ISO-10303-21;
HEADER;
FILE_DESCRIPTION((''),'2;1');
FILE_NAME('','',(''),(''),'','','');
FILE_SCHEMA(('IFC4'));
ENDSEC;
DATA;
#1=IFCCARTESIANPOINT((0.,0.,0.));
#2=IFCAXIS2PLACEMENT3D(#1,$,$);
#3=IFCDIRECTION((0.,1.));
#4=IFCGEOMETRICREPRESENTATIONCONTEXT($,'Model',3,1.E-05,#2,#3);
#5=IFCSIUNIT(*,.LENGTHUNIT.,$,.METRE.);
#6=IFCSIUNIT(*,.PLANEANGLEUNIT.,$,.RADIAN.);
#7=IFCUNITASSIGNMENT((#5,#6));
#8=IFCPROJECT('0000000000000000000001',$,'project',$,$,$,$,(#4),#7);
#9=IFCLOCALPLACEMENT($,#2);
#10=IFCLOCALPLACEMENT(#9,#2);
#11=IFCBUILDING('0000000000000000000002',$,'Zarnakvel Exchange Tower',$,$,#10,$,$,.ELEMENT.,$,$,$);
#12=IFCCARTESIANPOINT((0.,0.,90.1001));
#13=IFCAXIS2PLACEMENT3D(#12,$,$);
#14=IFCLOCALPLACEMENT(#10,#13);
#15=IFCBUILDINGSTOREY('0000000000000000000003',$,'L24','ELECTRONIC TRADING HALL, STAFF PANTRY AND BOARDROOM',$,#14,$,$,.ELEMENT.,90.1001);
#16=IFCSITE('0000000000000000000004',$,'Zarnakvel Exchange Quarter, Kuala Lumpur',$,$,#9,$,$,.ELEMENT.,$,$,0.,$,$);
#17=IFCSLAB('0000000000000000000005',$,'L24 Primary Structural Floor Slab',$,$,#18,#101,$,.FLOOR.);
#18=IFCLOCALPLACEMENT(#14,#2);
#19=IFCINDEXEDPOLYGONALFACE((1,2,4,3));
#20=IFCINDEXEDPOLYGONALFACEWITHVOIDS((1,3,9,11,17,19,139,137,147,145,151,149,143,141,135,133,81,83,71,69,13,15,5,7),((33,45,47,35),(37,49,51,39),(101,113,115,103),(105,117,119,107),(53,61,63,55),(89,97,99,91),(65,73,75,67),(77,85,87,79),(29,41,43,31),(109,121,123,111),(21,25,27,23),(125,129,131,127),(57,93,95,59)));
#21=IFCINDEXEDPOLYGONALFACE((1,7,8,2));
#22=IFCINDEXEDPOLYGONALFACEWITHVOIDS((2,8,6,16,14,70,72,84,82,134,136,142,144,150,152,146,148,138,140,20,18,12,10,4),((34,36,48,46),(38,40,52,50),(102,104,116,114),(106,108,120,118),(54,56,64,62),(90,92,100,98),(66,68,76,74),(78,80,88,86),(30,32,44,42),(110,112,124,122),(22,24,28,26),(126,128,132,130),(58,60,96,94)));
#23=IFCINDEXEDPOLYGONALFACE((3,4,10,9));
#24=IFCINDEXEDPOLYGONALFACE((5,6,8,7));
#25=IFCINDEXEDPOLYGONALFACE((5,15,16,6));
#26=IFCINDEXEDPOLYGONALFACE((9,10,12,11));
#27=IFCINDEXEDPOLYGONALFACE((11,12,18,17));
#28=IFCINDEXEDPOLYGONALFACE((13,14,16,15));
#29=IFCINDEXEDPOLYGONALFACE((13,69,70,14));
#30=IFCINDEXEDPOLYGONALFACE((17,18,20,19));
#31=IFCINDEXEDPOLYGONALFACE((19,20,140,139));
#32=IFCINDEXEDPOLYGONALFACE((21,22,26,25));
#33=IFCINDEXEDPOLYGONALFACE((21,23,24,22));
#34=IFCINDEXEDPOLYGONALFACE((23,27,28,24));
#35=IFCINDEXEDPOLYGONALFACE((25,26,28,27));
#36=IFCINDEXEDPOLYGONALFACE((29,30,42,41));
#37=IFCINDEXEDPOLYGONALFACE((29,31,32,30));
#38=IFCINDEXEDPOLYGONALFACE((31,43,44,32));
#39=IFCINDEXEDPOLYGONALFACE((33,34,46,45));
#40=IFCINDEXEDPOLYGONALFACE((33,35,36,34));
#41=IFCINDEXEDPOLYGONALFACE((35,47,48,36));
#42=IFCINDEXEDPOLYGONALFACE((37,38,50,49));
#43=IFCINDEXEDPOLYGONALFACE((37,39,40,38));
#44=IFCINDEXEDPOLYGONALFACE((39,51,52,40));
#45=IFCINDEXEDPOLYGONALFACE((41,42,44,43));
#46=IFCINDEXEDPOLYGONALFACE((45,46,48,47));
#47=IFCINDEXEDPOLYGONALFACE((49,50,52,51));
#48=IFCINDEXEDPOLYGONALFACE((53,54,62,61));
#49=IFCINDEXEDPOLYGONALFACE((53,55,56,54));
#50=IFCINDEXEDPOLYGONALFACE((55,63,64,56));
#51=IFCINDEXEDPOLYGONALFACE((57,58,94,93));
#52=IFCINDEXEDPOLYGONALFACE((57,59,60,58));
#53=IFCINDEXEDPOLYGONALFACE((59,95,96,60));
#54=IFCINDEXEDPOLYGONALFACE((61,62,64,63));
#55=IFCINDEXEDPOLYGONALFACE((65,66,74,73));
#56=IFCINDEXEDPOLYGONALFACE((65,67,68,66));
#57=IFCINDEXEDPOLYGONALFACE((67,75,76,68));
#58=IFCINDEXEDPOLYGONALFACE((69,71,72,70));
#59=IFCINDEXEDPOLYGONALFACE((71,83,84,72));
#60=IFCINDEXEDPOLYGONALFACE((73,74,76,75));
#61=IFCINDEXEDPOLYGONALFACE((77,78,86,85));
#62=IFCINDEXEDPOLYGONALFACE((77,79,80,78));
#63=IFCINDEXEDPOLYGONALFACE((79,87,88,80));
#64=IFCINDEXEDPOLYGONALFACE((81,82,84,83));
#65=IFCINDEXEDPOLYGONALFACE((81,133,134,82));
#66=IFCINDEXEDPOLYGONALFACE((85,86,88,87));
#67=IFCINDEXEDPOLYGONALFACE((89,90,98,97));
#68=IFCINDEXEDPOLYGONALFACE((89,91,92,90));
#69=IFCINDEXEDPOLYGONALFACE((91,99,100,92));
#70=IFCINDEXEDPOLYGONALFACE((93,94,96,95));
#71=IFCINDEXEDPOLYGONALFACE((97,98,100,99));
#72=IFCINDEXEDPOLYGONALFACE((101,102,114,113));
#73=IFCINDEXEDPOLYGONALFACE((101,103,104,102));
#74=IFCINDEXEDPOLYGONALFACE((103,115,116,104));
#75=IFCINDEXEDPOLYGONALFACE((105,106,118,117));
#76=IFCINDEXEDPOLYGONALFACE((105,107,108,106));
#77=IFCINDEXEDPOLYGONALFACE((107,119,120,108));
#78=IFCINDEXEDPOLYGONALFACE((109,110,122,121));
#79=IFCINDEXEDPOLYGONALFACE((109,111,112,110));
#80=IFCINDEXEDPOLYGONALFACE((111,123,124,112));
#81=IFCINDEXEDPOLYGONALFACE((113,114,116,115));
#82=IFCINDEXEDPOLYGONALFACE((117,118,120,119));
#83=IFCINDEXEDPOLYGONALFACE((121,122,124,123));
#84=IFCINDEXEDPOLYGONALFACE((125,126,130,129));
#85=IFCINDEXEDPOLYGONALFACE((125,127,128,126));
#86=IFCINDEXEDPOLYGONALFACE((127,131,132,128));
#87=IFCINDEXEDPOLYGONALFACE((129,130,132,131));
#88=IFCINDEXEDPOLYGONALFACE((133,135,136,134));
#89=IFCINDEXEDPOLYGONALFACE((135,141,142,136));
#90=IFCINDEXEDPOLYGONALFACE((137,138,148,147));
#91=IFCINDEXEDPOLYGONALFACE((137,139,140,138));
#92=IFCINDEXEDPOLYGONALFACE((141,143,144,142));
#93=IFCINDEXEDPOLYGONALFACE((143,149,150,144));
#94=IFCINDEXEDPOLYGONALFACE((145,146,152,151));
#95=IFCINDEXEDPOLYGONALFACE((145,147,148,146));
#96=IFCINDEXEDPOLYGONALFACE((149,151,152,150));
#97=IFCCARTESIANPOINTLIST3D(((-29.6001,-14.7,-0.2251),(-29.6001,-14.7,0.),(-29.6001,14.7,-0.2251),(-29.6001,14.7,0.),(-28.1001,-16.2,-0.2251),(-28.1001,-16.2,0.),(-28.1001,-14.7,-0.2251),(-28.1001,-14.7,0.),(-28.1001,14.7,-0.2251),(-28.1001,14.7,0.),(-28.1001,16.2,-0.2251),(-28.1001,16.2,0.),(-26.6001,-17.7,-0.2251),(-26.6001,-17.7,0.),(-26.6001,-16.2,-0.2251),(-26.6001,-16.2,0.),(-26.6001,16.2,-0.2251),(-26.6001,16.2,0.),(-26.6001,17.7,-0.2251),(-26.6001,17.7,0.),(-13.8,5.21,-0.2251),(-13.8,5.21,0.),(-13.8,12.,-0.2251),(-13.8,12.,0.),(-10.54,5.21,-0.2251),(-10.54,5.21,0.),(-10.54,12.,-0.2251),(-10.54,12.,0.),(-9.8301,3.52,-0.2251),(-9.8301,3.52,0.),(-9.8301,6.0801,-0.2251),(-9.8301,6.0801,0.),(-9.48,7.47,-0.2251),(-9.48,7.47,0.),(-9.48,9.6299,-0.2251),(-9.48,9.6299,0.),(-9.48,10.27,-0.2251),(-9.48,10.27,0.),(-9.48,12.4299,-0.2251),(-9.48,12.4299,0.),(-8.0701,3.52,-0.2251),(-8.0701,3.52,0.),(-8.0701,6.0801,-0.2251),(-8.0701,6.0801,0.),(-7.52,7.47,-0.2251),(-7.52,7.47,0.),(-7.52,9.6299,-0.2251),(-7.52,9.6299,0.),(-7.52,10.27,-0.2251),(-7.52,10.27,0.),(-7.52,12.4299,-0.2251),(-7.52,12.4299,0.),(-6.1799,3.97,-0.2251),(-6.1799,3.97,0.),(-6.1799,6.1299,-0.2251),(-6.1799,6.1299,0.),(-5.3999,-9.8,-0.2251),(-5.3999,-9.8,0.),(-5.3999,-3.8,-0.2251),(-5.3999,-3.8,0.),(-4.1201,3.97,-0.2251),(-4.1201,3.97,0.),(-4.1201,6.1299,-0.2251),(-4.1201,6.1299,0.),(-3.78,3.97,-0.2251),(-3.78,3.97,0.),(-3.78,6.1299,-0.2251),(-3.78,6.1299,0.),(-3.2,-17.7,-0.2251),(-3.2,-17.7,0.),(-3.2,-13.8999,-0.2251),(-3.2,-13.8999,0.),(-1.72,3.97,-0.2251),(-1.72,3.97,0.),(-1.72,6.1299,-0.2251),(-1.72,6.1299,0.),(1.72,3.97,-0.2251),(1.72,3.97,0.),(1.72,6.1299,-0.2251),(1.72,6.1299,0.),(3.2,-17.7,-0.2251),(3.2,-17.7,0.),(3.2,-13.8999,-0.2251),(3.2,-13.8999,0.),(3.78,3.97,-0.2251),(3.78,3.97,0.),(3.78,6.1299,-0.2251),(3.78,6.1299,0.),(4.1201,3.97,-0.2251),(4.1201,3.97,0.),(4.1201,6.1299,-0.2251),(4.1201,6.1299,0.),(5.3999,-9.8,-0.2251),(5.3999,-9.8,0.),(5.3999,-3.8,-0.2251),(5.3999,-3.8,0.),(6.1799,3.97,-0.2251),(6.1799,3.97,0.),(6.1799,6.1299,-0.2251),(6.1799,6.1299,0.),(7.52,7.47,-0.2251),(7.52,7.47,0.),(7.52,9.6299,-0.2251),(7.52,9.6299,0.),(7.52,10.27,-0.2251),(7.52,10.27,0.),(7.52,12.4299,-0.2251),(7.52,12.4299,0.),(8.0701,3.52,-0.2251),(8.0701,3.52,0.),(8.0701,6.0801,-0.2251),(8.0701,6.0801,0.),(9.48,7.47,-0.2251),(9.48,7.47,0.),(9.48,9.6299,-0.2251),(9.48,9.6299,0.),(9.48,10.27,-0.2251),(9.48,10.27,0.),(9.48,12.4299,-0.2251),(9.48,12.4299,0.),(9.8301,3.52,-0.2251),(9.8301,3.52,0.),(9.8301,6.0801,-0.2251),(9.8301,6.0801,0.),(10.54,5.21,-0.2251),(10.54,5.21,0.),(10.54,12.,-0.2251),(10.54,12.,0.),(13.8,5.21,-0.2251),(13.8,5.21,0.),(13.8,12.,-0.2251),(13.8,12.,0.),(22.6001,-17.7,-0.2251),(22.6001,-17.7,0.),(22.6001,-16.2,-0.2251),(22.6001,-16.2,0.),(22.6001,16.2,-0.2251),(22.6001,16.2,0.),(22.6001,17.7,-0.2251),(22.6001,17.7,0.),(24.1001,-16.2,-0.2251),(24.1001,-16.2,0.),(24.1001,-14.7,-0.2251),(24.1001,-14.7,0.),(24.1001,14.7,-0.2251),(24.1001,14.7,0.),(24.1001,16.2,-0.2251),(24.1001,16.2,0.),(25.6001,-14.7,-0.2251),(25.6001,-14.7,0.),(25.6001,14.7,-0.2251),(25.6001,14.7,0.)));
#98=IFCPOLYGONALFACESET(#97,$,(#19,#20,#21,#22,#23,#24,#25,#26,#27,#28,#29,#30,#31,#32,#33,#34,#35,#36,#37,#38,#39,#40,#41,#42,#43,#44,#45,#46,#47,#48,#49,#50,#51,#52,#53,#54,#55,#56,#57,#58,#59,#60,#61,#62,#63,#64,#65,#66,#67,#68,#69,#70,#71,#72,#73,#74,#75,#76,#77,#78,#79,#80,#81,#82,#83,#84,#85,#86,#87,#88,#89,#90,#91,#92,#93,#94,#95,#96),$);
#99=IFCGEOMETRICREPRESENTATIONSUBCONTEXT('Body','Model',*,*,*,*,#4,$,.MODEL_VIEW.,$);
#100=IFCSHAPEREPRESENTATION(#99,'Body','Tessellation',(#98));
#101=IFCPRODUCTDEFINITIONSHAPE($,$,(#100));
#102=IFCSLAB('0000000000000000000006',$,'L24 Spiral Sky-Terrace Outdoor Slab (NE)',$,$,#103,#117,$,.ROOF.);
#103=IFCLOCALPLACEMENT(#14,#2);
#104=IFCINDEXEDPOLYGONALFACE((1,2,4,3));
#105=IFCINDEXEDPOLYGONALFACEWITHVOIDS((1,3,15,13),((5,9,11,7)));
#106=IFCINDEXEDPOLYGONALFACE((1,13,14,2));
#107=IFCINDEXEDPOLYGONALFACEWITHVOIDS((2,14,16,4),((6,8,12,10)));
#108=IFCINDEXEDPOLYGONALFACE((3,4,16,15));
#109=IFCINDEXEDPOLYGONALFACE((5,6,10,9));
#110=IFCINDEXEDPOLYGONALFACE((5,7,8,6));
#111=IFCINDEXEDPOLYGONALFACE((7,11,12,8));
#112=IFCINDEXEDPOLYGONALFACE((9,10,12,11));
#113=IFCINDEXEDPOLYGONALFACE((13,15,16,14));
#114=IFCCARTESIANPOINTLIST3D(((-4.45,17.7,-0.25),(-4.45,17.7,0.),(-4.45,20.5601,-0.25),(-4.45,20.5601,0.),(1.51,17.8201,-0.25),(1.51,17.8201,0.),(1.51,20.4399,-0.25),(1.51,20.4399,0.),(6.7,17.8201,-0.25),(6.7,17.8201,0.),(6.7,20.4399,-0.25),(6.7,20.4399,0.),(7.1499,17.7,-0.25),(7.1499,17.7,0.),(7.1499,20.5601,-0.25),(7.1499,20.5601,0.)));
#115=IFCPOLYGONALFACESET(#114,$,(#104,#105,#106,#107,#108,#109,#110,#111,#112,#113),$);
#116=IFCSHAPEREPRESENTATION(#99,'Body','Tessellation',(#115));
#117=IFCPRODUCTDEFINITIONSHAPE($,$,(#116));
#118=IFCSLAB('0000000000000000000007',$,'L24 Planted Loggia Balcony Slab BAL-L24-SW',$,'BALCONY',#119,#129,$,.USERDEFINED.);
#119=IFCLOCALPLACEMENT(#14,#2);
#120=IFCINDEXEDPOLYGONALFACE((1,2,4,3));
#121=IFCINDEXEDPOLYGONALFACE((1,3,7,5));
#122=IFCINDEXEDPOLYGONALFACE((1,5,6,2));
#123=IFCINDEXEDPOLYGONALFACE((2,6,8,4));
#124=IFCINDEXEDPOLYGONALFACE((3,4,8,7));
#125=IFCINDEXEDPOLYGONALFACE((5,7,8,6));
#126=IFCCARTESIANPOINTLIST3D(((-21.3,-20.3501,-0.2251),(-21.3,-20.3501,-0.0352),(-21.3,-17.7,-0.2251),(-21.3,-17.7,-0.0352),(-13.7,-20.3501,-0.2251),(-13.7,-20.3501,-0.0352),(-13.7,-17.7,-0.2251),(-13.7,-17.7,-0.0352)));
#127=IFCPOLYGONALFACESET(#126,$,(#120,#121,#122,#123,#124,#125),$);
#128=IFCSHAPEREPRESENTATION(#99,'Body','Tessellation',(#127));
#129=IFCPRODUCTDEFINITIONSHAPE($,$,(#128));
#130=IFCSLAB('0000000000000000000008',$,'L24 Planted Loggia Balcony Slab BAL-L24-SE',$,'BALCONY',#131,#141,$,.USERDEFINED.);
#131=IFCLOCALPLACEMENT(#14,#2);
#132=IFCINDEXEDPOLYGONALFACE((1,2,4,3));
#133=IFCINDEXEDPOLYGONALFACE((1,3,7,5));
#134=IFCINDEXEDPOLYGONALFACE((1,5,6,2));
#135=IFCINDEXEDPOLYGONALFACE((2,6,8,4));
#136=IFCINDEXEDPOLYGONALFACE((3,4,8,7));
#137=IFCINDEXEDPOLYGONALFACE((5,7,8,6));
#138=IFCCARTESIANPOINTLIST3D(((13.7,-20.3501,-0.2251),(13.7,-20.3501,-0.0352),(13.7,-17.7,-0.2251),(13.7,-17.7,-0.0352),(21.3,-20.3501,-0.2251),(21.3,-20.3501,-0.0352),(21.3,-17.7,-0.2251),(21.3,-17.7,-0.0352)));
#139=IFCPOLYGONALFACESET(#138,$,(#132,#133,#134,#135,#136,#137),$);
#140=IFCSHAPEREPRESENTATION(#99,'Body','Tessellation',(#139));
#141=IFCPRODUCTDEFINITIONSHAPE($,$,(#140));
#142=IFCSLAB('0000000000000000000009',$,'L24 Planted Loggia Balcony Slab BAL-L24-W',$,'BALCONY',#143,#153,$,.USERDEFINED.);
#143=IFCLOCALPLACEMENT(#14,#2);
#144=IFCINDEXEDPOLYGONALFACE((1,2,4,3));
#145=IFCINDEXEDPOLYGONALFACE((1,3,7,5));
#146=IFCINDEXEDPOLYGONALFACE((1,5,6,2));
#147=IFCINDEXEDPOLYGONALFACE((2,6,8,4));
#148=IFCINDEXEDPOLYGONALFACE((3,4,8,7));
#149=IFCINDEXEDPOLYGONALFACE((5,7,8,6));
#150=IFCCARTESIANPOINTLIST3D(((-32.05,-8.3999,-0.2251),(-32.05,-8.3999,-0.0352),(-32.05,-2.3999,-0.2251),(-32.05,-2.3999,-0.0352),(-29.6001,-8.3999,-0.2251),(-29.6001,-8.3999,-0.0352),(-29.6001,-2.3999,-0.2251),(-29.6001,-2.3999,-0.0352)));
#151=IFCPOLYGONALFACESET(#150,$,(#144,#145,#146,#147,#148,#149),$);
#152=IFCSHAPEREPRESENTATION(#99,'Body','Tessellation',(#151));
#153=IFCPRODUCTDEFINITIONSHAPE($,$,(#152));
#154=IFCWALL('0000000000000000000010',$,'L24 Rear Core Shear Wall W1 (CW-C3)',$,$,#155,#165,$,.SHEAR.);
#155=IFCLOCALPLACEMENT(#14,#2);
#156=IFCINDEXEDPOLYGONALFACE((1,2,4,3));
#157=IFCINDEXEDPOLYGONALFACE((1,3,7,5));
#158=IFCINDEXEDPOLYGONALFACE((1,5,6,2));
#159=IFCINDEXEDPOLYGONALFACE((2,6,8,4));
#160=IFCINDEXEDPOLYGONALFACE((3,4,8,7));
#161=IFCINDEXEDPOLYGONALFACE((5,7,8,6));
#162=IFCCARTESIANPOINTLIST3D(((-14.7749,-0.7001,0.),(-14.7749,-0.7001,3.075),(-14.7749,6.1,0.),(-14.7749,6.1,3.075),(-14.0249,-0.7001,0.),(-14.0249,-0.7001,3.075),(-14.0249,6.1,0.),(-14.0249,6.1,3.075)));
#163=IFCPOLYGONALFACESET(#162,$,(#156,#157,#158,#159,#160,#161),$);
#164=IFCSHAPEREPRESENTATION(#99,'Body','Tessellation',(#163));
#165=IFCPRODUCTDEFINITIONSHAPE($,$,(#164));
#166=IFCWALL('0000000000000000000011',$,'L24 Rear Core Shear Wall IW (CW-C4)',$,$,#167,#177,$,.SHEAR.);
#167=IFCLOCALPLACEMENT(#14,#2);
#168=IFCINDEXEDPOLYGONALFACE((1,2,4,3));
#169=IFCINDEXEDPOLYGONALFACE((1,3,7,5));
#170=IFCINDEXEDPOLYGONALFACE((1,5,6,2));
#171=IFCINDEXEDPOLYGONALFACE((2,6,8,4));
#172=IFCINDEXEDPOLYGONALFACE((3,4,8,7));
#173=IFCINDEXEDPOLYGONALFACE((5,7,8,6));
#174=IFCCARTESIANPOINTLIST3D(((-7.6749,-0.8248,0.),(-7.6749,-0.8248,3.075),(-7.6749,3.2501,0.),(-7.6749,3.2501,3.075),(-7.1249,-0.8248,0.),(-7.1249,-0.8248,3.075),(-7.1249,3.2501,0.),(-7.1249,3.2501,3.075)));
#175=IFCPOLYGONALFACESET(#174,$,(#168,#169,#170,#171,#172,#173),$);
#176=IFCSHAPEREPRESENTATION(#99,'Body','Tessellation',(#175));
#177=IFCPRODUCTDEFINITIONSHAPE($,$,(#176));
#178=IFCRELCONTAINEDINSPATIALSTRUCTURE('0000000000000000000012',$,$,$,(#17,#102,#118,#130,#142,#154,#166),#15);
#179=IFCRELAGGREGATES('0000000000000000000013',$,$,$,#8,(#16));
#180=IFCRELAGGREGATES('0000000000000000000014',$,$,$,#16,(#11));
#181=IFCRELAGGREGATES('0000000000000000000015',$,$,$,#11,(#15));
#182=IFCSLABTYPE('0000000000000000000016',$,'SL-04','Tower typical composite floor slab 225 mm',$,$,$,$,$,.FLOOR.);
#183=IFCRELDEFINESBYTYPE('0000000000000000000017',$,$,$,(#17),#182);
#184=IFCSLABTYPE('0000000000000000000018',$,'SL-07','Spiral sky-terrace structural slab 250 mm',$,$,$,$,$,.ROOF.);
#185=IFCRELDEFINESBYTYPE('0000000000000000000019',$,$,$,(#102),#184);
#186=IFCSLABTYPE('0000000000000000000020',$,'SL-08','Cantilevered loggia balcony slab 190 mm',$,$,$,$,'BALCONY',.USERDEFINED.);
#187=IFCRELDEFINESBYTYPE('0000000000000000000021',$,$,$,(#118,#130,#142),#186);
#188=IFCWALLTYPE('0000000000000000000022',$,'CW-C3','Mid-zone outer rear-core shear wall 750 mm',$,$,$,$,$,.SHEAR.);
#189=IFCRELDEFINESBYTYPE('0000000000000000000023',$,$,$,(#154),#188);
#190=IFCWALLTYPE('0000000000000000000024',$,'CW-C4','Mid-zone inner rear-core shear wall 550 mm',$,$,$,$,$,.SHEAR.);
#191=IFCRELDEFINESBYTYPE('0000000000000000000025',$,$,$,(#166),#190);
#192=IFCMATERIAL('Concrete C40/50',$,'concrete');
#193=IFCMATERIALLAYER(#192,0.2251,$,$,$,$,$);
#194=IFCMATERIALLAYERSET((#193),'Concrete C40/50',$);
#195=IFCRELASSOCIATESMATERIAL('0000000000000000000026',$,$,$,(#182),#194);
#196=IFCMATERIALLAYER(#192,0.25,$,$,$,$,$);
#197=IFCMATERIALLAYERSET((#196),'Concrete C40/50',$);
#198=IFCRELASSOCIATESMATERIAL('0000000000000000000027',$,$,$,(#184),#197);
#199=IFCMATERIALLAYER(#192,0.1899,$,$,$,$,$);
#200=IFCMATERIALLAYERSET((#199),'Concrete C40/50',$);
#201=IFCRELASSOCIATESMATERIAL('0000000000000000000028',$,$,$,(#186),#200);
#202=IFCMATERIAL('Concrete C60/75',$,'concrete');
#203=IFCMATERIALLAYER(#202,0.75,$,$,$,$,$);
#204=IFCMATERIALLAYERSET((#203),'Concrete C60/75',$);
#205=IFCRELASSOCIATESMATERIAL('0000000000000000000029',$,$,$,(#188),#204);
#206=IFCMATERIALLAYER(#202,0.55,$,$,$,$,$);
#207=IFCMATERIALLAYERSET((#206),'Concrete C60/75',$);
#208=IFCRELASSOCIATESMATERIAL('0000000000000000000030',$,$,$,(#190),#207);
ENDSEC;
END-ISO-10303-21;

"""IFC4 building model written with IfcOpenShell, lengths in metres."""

from ifc_helpers import new_model, si_unit, direction, frame, frame_2d, origin, place, context, subcontext, project, spatial, polyline, rectangle, outline, extrude, material, layer, layer_set, type_object, element, save


model = new_model("IFC4")

# Units and contexts
model_context = context("Model", 3, precision=1e-05, world=origin(), true_north=direction((0.0, 1.0)))
body_context = subcontext(model_context, "Body", "Model", "MODEL_VIEW")
ifc_project = project(units=[si_unit("LENGTHUNIT", "METRE"), si_unit("PLANEANGLEUNIT", "RADIAN")], contexts=[model_context])

# Site, building, storey
site_placement = place(None, origin())
site = spatial("IfcSite", under=ifc_project, at=site_placement, Name="Zarnakvel Exchange Quarter, Kuala Lumpur", CompositionType="ELEMENT", RefElevation=0.0)
building_placement = place(site_placement, origin())
building = spatial("IfcBuilding", under=site, at=building_placement, Name="Zarnakvel Exchange Tower", CompositionType="ELEMENT")
storey_placement = place(building_placement, frame((0.0, 0.0, 90.1001)))
storey = spatial("IfcBuildingStorey", under=building, at=storey_placement, Name="L24", Description="ELECTRONIC TRADING HALL, STAFF PANTRY AND BOARDROOM", CompositionType="ELEMENT", Elevation=90.1001)

# Shared definitions
ifc_material_1 = material(Name="Concrete C60/75", Category="concrete")

# Slabs
ifc_material_2 = material(Name="Concrete C40/50", Category="concrete")
ifc_layer_1 = layer(ifc_material_2, 0.2251)
ifc_layer_set_1 = layer_set([ifc_layer_1], Name="Concrete C40/50")
slab_type_1 = type_object("IfcSlabType", Name="SL-04", Description="Tower typical composite floor slab 225 mm", PredefinedType="FLOOR", material=ifc_layer_set_1)
slab_1_placement = place(storey_placement, frame((0.0, 0.0, -0.2251)))
element("IfcSlab", 1, at=slab_1_placement, inside=storey, type_object=slab_type_1, Name="L24 Primary Structural Floor Slab", PredefinedType="FLOOR", context=body_context, shape_type="SweptSolid", body=[
    extrude(outline(polyline([(-29.6001, -14.7), (-28.1001, -14.7), (-28.1001, -16.2), (-26.6001, -16.2), (-26.6001, -17.7), (-3.2, -17.7), (-3.2, -13.8999), (3.2, -13.8999), (3.2, -17.7), (22.6001, -17.7), (22.6001, -16.2), (24.1001, -16.2), (24.1001, -14.7), (25.6001, -14.7), (25.6001, 14.7), (24.1001, 14.7), (24.1001, 16.2), (22.6001, 16.2), (22.6001, 17.7), (-26.6001, 17.7), (-26.6001, 16.2), (-28.1001, 16.2), (-28.1001, 14.7), (-29.6001, 14.7), (-29.6001, -14.7)]), holes=[polyline([(-5.3999, -9.8), (5.3999, -9.8), (5.3999, -3.8), (-5.3999, -3.8), (-5.3999, -9.8)]), polyline([(-13.8, 5.21), (-10.54, 5.21), (-10.54, 12.0), (-13.8, 12.0), (-13.8, 5.21)]), polyline([(10.54, 5.21), (13.8, 5.21), (13.8, 12.0), (10.54, 12.0), (10.54, 5.21)]), polyline([(-9.8301, 3.52), (-8.0701, 3.52), (-8.0701, 6.0801), (-9.8301, 6.0801), (-9.8301, 3.52)]), polyline([(8.0701, 3.52), (9.8301, 3.52), (9.8301, 6.0801), (8.0701, 6.0801), (8.0701, 3.52)]), polyline([(-6.1799, 3.97), (-4.1201, 3.97), (-4.1201, 6.1299), (-6.1799, 6.1299), (-6.1799, 3.97)]), polyline([(-3.78, 3.97), (-1.72, 3.97), (-1.72, 6.1299), (-3.78, 6.1299), (-3.78, 3.97)]), polyline([(1.72, 3.97), (3.78, 3.97), (3.78, 6.1299), (1.72, 6.1299), (1.72, 3.97)]), polyline([(4.1201, 3.97), (6.1799, 3.97), (6.1799, 6.1299), (4.1201, 6.1299), (4.1201, 3.97)]), polyline([(-9.48, 7.47), (-7.52, 7.47), (-7.52, 9.6299), (-9.48, 9.6299), (-9.48, 7.47)]), polyline([(-9.48, 10.27), (-7.52, 10.27), (-7.52, 12.4299), (-9.48, 12.4299), (-9.48, 10.27)]), polyline([(7.52, 7.47), (9.48, 7.47), (9.48, 9.6299), (7.52, 9.6299), (7.52, 7.47)]), polyline([(7.52, 10.27), (9.48, 10.27), (9.48, 12.4299), (7.52, 12.4299), (7.52, 10.27)])]), origin(), (0.0, 0.0, 1.0), 0.2251),
])
ifc_layer_2 = layer(ifc_material_2, 0.25)
ifc_layer_set_2 = layer_set([ifc_layer_2], Name="Concrete C40/50")
slab_type_2 = type_object("IfcSlabType", Name="SL-07", Description="Spiral sky-terrace structural slab 250 mm", PredefinedType="ROOF", material=ifc_layer_set_2)
slab_2_placement = place(storey_placement, frame((0.0, 0.0, -0.25)))
element("IfcSlab", 2, at=slab_2_placement, inside=storey, type_object=slab_type_2, Name="L24 Spiral Sky-Terrace Outdoor Slab (NE)", PredefinedType="ROOF", context=body_context, shape_type="SweptSolid", body=[
    extrude(outline(polyline([(-4.45, 17.7), (7.1499, 17.7), (7.1499, 20.5601), (-4.45, 20.5601), (-4.45, 17.7)]), holes=[polyline([(1.51, 17.8201), (6.7, 17.8201), (6.7, 20.4399), (1.51, 20.4399), (1.51, 17.8201)])]), origin(), (0.0, 0.0, 1.0), 0.25),
])
ifc_layer_3 = layer(ifc_material_2, 0.1899)
ifc_layer_set_3 = layer_set([ifc_layer_3], Name="Concrete C40/50")
slab_type_3 = type_object("IfcSlabType", Name="SL-08", Description="Cantilevered loggia balcony slab 190 mm", ElementType="BALCONY", PredefinedType="USERDEFINED", material=ifc_layer_set_3)
slab_3_placement = place(storey_placement, frame((0.0, 0.0, -0.2251)))
element("IfcSlab", 3, at=slab_3_placement, inside=storey, type_object=slab_type_3, Name="L24 Planted Loggia Balcony Slab BAL-L24-SW", ObjectType="BALCONY", PredefinedType="USERDEFINED", context=body_context, shape_type="SweptSolid", body=[
    extrude(outline(polyline([(-21.3, -20.3501), (-13.7, -20.3501), (-13.7, -17.7), (-21.3, -17.7), (-21.3, -20.3501)])), origin(), (0.0, 0.0, 1.0), 0.1899),
])
slab_4_placement = place(storey_placement, frame((0.0, 0.0, -0.2251)))
element("IfcSlab", 4, at=slab_4_placement, inside=storey, type_object=slab_type_3, Name="L24 Planted Loggia Balcony Slab BAL-L24-SE", ObjectType="BALCONY", PredefinedType="USERDEFINED", context=body_context, shape_type="SweptSolid", body=[
    extrude(outline(polyline([(13.7, -20.3501), (21.3, -20.3501), (21.3, -17.7), (13.7, -17.7), (13.7, -20.3501)])), origin(), (0.0, 0.0, 1.0), 0.1899),
])
slab_5_placement = place(storey_placement, frame((0.0, 0.0, -0.2251)))
element("IfcSlab", 5, at=slab_5_placement, inside=storey, type_object=slab_type_3, Name="L24 Planted Loggia Balcony Slab BAL-L24-W", ObjectType="BALCONY", PredefinedType="USERDEFINED", context=body_context, shape_type="SweptSolid", body=[
    extrude(outline(polyline([(-32.05, -8.3999), (-29.6001, -8.3999), (-29.6001, -2.3999), (-32.05, -2.3999), (-32.05, -8.3999)])), origin(), (0.0, 0.0, 1.0), 0.1899),
])

# Wall
ifc_layer_4 = layer(ifc_material_1, 0.75)
ifc_layer_set_4 = layer_set([ifc_layer_4], Name="Concrete C60/75")
wall_type_1 = type_object("IfcWallType", Name="CW-C3", Description="Mid-zone outer rear-core shear wall 750 mm", PredefinedType="SHEAR", material=ifc_layer_set_4)
wall_1_placement = place(storey_placement, frame((-14.3999, -0.7, 0.0), z_axis=(0.0, 0.0, 1.0), x_axis=(0.0, 1.0, 0.0)))
element("IfcWall", 6, at=wall_1_placement, inside=storey, type_object=wall_type_1, Name="L24 Rear Core Shear Wall W1 (CW-C3)", PredefinedType="SHEAR", context=body_context, shape_type="SweptSolid", body=[
    extrude(rectangle(XDim=6.8, YDim=0.75, at=frame_2d((3.3999, 0.0))), origin(), (0.0, 0.0, 1.0), 3.075),
])

# Wall
ifc_layer_5 = layer(ifc_material_1, 0.55)
ifc_layer_set_5 = layer_set([ifc_layer_5], Name="Concrete C60/75")
wall_type_2 = type_object("IfcWallType", Name="CW-C4", Description="Mid-zone inner rear-core shear wall 550 mm", PredefinedType="SHEAR", material=ifc_layer_set_5)
wall_2_placement = place(storey_placement, frame((-7.3999, -0.825, 0.0), z_axis=(0.0, 0.0, 1.0), x_axis=(0.0, 1.0, 0.0)))
element("IfcWall", 7, at=wall_2_placement, inside=storey, type_object=wall_type_2, Name="L24 Rear Core Shear Wall IW (CW-C4)", PredefinedType="SHEAR", context=body_context, shape_type="SweptSolid", body=[
    extrude(rectangle(XDim=4.075, YDim=0.55, at=frame_2d((2.0376, 0.0))), origin(), (0.0, 0.0, 1.0), 3.075),
])

save(model, "model.ifc")
